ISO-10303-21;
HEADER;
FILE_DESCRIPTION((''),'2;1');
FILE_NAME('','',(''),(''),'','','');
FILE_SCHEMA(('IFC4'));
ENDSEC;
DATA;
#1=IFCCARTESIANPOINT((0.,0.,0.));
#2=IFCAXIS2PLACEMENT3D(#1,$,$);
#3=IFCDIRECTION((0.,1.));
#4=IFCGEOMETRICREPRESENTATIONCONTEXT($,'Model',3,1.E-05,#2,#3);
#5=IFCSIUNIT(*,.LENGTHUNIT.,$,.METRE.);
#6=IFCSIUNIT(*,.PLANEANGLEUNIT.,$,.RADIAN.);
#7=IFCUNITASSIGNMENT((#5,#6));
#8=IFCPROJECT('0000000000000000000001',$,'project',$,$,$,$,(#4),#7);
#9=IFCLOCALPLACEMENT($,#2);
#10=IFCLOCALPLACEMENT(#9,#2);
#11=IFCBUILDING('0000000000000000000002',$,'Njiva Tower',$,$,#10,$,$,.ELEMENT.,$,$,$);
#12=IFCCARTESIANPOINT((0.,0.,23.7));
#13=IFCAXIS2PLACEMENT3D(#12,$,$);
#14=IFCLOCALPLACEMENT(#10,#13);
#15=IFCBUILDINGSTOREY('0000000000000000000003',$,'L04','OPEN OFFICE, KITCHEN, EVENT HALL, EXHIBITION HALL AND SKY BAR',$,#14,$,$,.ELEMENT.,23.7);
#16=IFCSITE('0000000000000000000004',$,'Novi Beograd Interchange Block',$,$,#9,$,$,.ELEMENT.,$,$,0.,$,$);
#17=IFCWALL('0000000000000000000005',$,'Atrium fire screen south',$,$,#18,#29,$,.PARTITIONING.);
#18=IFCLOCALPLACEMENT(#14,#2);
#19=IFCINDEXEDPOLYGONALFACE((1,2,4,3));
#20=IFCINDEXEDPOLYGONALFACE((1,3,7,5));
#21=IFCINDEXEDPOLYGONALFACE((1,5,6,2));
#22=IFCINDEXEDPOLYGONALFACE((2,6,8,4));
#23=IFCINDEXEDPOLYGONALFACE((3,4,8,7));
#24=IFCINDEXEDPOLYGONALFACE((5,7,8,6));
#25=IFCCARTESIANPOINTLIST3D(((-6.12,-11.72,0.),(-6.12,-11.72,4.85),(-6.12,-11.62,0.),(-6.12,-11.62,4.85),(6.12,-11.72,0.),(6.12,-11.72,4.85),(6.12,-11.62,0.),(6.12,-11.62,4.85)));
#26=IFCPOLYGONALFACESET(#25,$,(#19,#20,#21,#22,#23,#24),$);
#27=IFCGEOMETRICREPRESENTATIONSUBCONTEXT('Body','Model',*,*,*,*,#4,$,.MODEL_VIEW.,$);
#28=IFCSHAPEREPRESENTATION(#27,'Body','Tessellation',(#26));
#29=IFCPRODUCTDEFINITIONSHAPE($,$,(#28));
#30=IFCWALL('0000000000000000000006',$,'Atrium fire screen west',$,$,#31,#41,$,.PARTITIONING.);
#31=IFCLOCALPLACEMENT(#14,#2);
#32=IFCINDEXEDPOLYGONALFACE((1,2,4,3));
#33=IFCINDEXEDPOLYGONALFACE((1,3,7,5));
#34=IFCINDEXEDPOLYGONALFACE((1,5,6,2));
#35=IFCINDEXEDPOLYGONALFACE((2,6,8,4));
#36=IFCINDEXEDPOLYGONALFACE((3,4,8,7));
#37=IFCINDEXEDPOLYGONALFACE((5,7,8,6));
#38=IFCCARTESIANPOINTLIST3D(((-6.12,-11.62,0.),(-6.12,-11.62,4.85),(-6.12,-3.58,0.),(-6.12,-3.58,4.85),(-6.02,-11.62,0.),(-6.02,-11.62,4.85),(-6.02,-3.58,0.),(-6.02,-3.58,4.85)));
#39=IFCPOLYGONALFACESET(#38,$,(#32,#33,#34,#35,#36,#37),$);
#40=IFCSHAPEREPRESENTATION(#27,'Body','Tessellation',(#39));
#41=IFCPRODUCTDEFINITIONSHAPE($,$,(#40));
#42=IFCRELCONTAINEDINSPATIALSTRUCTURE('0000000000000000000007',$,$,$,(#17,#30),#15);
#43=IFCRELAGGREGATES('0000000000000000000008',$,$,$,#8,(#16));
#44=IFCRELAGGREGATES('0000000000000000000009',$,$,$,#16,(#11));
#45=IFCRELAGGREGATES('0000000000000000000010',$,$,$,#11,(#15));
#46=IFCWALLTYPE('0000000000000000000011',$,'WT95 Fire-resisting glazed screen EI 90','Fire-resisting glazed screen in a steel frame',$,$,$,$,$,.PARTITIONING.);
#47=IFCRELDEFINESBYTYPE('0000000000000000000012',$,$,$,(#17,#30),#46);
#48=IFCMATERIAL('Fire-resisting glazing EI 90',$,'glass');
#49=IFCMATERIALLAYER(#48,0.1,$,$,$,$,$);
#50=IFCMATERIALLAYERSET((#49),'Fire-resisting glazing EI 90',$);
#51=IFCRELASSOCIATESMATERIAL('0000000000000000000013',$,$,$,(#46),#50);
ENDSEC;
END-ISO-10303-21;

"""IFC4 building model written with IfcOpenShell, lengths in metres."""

from ifc_helpers import new_model, si_unit, direction, frame, frame_2d, origin, place, context, subcontext, project, spatial, rectangle, extrude, material, layer, layer_set, type_object, element, save


model = new_model("IFC4")

# Units and contexts
model_context = context("Model", 3, precision=1e-05, world=origin(), true_north=direction((0.0, 1.0)))
body_context = subcontext(model_context, "Body", "Model", "MODEL_VIEW")
ifc_project = project(units=[si_unit("LENGTHUNIT", "METRE"), si_unit("PLANEANGLEUNIT", "RADIAN")], contexts=[model_context])

# Site, building, storey
site_placement = place(None, origin())
site = spatial("IfcSite", under=ifc_project, at=site_placement, Name="Novi Beograd Interchange Block", CompositionType="ELEMENT", RefElevation=0.0)
building_placement = place(site_placement, origin())
building = spatial("IfcBuilding", under=site, at=building_placement, Name="Njiva Tower", CompositionType="ELEMENT")
storey_placement = place(building_placement, frame((0.0, 0.0, 23.7)))
storey = spatial("IfcBuildingStorey", under=building, at=storey_placement, Name="L04", Description="OPEN OFFICE, KITCHEN, EVENT HALL, EXHIBITION HALL AND SKY BAR", CompositionType="ELEMENT", Elevation=23.7)

# Walls
ifc_material_1 = material(Name="Fire-resisting glazing EI 90", Category="glass")
ifc_layer_1 = layer(ifc_material_1, 0.1)
ifc_layer_set_1 = layer_set([ifc_layer_1], Name="Fire-resisting glazing EI 90")
wall_type_1 = type_object("IfcWallType", Name="WT95 Fire-resisting glazed screen EI 90", Description="Fire-resisting glazed screen in a steel frame", PredefinedType="PARTITIONING", material=ifc_layer_set_1)
wall_1_placement = place(storey_placement, frame((-6.12, -11.67, 0.0), z_axis=(0.0, 0.0, 1.0), x_axis=(1.0, 0.0, 0.0)))
element("IfcWall", 1, at=wall_1_placement, inside=storey, type_object=wall_type_1, Name="Atrium fire screen south", PredefinedType="PARTITIONING", context=body_context, shape_type="SweptSolid", body=[
    extrude(rectangle(XDim=12.24, YDim=0.1, at=frame_2d((6.12, 0.0))), origin(), (0.0, 0.0, 1.0), 4.85),
])
wall_2_placement = place(storey_placement, frame((-6.07, -3.58, 0.0), z_axis=(0.0, 0.0, 1.0), x_axis=(0.0, -1.0, 0.0)))
element("IfcWall", 2, at=wall_2_placement, inside=storey, type_object=wall_type_1, Name="Atrium fire screen west", PredefinedType="PARTITIONING", context=body_context, shape_type="SweptSolid", body=[
    extrude(rectangle(XDim=8.04, YDim=0.1, at=frame_2d((4.02, 0.0))), origin(), (0.0, 0.0, 1.0), 4.85),
])

save(model, "model.ifc")
